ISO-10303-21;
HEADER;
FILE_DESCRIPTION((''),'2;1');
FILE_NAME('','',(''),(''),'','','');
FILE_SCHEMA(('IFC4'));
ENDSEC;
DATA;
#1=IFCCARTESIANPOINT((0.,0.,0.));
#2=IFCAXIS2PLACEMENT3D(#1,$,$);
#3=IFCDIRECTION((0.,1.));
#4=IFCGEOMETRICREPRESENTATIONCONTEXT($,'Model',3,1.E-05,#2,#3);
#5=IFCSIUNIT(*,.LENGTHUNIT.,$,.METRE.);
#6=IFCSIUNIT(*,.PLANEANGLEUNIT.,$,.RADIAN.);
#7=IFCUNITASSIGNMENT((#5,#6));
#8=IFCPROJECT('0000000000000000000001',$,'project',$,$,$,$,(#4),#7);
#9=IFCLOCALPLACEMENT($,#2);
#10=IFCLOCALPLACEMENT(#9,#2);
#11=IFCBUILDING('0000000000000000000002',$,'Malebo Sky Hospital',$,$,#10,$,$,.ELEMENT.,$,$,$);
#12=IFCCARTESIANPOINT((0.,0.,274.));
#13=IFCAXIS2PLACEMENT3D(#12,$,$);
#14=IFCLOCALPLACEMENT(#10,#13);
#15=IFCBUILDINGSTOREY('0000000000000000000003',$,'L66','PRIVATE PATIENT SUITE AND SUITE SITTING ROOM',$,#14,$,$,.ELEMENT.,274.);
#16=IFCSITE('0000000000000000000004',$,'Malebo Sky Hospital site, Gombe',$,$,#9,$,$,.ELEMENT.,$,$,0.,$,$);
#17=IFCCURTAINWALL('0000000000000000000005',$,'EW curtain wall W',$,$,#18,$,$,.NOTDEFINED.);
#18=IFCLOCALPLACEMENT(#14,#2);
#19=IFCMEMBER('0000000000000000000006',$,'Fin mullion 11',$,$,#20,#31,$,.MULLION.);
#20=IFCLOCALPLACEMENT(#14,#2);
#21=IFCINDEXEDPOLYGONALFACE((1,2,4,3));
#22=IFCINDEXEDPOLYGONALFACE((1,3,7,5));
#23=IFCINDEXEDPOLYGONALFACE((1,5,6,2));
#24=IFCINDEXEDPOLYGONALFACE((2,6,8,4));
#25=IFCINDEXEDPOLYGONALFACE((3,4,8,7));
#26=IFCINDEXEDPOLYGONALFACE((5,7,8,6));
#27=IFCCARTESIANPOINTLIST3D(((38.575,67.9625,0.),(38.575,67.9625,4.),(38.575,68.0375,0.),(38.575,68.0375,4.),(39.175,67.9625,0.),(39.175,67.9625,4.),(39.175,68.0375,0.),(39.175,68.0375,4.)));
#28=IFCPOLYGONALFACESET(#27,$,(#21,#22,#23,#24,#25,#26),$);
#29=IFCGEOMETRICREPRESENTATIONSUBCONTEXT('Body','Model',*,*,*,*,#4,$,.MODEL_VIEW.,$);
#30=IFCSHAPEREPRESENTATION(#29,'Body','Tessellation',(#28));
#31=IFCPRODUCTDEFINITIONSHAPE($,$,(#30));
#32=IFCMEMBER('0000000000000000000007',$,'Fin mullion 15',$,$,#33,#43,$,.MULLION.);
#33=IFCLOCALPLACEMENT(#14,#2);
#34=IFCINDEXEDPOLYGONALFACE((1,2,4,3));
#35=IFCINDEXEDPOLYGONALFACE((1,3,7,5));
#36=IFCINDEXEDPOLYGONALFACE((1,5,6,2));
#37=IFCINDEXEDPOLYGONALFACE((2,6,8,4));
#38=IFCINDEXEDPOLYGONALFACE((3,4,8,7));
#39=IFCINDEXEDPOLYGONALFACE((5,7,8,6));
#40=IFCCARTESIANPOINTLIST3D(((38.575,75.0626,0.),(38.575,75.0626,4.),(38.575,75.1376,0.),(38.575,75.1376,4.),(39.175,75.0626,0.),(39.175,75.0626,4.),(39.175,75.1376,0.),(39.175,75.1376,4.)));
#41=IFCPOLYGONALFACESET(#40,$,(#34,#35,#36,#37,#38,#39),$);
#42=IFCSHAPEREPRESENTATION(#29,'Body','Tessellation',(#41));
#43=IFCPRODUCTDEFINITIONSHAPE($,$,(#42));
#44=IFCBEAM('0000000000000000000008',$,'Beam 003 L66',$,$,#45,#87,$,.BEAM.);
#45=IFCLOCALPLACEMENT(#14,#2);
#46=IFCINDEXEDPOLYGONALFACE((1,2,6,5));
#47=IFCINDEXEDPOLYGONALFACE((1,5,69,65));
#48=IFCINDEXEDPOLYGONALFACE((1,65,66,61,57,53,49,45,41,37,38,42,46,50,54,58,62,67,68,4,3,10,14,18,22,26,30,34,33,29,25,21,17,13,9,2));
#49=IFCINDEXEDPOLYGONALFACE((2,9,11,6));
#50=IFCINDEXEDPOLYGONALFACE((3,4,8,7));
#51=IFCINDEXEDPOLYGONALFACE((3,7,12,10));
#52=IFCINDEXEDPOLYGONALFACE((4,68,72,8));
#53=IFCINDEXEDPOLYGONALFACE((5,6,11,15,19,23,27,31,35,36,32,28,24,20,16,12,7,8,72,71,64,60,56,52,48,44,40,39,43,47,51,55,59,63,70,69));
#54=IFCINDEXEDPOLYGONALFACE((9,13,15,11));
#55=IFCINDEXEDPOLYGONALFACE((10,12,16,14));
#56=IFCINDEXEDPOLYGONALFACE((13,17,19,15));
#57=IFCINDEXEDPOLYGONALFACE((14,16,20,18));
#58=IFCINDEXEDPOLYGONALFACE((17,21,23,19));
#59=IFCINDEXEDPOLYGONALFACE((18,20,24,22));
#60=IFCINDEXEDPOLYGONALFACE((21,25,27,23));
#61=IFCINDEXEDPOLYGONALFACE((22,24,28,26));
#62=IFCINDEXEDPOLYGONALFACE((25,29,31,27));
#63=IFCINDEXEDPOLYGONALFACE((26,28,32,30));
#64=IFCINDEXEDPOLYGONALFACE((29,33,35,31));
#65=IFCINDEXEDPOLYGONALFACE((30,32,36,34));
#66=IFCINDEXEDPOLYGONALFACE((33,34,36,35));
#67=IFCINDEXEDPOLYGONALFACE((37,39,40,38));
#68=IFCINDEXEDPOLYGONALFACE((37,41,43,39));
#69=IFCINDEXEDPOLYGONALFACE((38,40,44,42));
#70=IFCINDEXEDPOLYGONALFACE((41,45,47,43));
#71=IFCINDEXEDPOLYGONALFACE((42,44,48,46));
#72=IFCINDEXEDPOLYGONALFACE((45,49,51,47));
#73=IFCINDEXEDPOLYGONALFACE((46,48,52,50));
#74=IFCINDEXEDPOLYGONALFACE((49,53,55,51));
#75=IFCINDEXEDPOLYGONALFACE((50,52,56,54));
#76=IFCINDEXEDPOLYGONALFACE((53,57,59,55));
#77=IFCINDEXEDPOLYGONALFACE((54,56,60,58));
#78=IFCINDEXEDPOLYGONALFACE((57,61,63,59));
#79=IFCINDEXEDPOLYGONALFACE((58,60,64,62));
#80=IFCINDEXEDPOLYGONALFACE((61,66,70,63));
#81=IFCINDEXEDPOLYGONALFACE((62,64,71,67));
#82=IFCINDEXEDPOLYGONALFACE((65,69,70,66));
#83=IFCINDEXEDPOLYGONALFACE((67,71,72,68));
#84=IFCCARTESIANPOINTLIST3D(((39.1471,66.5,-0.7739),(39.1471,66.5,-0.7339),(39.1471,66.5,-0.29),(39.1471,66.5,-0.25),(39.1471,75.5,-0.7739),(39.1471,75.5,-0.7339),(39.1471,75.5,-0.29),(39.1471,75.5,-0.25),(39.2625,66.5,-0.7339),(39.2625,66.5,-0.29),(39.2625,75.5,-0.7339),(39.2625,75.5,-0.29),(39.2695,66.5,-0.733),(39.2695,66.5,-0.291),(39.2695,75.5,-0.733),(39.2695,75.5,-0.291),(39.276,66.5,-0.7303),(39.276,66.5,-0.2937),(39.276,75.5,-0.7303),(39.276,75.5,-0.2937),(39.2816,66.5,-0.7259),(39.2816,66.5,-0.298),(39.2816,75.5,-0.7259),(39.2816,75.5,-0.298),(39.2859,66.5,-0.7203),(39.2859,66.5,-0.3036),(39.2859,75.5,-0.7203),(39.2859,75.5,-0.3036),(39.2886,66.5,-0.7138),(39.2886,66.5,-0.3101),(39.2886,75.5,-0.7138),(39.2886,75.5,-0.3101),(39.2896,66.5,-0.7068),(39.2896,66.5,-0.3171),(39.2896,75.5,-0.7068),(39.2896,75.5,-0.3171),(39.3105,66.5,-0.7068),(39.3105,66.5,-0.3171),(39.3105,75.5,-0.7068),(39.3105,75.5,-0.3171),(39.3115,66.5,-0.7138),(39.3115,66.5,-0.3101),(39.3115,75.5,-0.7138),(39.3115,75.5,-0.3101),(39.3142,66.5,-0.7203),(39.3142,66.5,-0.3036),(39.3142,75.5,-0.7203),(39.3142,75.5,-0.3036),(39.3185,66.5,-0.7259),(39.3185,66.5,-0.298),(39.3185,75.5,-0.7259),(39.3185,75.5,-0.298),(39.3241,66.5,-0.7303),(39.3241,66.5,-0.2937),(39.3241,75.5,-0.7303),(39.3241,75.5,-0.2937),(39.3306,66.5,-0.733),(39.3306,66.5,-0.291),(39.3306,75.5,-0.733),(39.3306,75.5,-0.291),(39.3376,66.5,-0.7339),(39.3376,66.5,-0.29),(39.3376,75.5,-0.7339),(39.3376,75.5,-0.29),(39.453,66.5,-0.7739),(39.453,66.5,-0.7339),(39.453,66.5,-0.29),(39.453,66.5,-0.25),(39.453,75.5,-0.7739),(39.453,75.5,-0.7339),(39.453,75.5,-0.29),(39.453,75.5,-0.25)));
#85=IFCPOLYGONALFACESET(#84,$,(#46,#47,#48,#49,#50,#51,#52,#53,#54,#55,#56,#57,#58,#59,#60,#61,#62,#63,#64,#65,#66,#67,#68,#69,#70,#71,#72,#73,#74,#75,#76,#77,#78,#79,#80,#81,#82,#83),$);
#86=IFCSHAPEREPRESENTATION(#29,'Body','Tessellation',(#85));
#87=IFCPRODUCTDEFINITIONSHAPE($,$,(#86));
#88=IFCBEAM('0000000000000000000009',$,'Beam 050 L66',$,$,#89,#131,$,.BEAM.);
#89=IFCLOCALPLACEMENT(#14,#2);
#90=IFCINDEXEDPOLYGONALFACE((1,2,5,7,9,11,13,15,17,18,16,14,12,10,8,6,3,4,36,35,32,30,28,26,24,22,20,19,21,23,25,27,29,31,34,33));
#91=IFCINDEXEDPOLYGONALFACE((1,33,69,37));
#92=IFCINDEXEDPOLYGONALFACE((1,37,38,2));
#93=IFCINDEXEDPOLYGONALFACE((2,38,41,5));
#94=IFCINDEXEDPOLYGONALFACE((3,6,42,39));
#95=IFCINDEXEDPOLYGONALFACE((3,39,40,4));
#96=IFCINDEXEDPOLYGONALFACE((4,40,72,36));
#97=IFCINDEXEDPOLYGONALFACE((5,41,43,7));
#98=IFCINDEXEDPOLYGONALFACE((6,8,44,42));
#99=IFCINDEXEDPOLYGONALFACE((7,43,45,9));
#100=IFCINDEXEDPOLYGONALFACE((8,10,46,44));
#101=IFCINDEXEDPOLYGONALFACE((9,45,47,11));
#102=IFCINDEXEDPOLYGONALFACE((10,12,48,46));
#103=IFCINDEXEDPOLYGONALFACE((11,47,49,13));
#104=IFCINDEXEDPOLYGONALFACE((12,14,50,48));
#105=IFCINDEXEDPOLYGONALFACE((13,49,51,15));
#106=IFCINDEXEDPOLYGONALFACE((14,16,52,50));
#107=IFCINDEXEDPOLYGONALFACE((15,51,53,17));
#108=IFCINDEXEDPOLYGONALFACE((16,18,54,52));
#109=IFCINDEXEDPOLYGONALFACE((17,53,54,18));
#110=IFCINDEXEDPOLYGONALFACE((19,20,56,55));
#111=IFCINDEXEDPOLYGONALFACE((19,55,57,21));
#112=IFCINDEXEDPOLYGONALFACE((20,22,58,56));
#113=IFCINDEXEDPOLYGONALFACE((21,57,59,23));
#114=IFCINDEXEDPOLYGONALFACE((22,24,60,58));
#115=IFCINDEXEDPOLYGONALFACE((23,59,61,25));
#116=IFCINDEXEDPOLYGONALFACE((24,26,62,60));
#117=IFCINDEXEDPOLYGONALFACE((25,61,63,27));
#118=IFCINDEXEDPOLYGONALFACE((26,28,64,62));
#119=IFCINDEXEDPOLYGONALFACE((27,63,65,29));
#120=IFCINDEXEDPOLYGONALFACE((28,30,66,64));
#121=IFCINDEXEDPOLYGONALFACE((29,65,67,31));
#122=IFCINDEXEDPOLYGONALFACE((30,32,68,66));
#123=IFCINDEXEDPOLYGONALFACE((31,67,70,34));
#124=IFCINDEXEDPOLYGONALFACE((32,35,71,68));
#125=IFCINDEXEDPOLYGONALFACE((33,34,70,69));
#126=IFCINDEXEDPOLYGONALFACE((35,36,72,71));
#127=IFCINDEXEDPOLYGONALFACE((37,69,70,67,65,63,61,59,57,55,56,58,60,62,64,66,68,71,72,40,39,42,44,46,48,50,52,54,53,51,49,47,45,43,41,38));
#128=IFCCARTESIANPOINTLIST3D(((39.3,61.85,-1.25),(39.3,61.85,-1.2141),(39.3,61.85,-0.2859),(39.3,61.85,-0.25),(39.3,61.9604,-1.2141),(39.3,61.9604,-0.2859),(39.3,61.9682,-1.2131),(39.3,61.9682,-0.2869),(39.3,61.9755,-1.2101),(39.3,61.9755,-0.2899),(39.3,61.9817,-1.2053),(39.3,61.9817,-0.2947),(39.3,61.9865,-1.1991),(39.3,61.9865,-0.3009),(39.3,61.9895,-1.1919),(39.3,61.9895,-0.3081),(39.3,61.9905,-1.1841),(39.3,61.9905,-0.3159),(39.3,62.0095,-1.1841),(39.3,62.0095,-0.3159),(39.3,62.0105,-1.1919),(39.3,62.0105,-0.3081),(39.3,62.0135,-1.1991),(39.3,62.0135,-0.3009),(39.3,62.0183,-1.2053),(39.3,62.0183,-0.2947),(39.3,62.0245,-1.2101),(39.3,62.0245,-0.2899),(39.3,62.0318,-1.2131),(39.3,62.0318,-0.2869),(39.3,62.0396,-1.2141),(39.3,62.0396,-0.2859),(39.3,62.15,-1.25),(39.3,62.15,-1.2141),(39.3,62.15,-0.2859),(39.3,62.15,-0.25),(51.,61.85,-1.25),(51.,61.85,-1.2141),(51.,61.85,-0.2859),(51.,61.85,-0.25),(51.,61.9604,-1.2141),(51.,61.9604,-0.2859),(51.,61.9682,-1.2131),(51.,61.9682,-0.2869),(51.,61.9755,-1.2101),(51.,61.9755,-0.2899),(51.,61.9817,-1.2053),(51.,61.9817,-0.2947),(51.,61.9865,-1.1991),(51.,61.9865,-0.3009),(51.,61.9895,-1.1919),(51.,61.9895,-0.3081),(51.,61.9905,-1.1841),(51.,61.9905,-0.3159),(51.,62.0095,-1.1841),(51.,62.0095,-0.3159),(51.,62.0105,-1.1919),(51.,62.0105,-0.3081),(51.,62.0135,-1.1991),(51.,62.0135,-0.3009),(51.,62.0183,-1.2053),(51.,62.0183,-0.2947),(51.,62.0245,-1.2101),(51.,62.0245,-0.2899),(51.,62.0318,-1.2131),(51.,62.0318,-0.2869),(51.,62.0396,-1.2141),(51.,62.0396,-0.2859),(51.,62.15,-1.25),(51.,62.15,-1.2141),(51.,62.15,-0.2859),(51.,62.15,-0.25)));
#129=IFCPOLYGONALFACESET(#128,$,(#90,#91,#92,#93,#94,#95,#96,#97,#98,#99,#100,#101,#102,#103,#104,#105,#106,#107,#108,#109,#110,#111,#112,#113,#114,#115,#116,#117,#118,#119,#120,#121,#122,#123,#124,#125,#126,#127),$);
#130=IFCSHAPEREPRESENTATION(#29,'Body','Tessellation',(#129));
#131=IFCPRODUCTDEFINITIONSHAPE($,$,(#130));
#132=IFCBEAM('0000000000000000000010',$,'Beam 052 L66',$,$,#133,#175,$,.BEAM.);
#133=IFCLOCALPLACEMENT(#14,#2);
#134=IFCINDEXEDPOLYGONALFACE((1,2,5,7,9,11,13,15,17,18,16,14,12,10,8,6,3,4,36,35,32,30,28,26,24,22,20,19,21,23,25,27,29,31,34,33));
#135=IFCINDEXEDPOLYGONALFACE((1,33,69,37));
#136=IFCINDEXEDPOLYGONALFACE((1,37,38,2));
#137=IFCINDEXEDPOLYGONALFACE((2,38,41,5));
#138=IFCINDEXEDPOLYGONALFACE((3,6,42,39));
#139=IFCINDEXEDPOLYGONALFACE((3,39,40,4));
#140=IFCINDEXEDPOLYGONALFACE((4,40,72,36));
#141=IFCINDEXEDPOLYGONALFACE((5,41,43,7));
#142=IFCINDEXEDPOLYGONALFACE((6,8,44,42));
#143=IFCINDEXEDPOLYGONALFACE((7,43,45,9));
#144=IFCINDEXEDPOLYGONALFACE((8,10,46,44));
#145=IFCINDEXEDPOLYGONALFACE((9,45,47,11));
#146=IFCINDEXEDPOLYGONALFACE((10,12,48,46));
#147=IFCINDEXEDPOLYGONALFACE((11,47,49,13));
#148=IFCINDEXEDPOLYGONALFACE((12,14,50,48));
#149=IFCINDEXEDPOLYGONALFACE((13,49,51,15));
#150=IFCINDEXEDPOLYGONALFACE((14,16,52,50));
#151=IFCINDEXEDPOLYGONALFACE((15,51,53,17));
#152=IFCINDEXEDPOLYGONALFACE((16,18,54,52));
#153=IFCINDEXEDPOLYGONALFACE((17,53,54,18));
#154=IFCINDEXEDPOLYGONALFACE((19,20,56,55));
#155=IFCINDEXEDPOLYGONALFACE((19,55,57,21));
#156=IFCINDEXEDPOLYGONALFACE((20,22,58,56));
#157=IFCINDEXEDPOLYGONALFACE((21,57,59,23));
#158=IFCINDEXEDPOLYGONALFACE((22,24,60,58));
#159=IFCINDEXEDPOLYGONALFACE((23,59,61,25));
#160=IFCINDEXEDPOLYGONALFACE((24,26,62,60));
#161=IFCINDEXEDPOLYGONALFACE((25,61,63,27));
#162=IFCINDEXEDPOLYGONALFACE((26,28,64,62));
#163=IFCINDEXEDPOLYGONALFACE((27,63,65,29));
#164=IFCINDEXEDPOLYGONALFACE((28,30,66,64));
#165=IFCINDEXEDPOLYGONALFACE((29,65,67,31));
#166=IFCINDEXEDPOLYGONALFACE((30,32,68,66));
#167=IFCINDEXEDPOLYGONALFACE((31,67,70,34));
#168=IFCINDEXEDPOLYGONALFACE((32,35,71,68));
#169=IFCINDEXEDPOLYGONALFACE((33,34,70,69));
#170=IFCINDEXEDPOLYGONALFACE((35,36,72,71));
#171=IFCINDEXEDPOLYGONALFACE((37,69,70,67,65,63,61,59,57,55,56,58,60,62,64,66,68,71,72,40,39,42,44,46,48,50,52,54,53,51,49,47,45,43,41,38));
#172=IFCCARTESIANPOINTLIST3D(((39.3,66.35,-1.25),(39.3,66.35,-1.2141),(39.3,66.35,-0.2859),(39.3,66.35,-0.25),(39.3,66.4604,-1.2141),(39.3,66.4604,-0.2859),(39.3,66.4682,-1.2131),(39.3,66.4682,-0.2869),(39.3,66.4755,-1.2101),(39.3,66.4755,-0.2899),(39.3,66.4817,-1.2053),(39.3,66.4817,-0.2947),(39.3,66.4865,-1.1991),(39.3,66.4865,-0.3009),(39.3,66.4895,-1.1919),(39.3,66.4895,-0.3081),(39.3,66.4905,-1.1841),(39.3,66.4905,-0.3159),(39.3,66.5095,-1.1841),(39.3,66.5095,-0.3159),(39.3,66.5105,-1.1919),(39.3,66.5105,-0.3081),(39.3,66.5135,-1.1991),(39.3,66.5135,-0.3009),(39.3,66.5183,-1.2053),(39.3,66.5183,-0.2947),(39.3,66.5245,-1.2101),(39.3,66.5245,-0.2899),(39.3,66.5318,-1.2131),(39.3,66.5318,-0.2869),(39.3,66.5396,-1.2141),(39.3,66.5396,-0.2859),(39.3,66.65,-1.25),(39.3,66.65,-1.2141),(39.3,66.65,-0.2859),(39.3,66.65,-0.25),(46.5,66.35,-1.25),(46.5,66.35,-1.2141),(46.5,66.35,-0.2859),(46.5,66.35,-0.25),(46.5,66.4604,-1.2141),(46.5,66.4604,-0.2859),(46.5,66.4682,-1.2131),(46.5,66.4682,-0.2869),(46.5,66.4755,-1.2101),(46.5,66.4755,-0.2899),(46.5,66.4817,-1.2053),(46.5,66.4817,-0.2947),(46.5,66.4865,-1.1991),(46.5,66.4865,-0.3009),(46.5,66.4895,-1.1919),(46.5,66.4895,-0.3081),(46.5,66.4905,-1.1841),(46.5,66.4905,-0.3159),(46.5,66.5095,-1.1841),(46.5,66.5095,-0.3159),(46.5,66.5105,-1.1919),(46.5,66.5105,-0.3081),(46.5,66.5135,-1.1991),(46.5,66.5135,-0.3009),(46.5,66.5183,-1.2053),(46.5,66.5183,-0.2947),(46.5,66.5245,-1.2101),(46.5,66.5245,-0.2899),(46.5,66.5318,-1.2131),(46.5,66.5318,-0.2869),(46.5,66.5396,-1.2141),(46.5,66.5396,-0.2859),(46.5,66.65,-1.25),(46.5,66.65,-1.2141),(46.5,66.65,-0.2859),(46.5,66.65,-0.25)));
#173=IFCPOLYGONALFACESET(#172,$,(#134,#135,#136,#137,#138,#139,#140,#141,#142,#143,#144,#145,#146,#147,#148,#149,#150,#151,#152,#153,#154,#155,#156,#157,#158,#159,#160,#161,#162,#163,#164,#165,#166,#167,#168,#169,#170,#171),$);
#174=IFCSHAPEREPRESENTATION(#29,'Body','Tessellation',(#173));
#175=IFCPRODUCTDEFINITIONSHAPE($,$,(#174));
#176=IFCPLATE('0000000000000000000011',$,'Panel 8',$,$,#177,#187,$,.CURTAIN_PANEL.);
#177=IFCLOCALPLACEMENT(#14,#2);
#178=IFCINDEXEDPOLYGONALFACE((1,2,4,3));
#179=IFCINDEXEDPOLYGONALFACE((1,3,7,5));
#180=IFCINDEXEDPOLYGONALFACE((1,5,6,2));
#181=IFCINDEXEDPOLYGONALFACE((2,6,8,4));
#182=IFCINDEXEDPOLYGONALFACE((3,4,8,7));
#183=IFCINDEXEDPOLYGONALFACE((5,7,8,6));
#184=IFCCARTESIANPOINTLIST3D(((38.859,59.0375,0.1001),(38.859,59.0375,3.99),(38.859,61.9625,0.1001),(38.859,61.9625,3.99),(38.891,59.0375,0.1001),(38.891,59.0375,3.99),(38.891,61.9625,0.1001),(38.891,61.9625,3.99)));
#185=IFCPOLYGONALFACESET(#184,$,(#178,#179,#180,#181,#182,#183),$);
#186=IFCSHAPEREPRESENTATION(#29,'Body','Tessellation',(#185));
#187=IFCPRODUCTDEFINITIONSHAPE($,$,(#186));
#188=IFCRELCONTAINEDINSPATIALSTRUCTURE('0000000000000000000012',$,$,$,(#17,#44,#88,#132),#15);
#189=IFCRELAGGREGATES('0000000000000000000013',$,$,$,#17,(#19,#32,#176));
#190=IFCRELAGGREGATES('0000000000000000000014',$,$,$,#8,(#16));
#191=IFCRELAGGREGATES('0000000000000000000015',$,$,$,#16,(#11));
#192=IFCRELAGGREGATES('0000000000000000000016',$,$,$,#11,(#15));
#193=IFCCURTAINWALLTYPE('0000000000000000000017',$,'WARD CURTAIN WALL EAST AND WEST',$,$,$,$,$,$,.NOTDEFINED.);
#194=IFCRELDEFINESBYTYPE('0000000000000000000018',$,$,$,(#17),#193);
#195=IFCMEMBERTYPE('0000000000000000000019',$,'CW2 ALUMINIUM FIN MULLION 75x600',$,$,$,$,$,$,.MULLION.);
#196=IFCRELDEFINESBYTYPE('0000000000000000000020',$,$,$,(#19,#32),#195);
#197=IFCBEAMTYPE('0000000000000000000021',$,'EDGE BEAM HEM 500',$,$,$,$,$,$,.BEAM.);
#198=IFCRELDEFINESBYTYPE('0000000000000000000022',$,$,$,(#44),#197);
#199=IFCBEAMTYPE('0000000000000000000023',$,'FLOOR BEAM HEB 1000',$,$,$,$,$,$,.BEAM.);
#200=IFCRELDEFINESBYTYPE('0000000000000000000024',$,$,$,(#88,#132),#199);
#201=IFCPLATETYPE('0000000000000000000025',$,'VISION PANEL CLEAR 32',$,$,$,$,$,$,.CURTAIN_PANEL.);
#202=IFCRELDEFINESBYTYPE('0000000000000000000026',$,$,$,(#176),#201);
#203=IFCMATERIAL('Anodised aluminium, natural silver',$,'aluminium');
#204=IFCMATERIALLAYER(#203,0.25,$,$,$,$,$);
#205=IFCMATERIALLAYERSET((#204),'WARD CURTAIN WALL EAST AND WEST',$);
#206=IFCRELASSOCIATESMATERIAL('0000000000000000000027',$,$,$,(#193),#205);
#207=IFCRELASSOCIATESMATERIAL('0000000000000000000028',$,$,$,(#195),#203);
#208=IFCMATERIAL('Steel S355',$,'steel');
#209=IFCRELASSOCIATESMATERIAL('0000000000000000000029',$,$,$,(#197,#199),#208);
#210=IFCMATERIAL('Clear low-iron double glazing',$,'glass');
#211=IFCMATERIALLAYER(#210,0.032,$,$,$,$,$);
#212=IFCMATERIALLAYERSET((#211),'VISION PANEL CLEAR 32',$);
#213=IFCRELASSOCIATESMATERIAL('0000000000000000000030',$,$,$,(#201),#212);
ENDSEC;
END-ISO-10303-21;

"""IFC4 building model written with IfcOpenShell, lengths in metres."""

from ifc_helpers import new_model, si_unit, direction, frame, origin, origin_2d, place, context, subcontext, project, spatial, rectangle, i_section, extrude, material, layer, layer_set, material_profile, profile_set, type_object, element, aggregate, save


model = new_model("IFC4")

# Units and contexts
model_context = context("Model", 3, precision=1e-05, world=origin(), true_north=direction((0.0, 1.0)))
body_context = subcontext(model_context, "Body", "Model", "MODEL_VIEW")
ifc_project = project(units=[si_unit("LENGTHUNIT", "METRE"), si_unit("PLANEANGLEUNIT", "RADIAN")], contexts=[model_context])

# Site, building, storey
site_placement = place(None, origin())
site = spatial("IfcSite", under=ifc_project, at=site_placement, Name="Malebo Sky Hospital site, Gombe", CompositionType="ELEMENT", RefElevation=0.0)
building_placement = place(site_placement, origin())
building = spatial("IfcBuilding", under=site, at=building_placement, Name="Malebo Sky Hospital", CompositionType="ELEMENT")
storey_placement = place(building_placement, frame((0.0, 0.0, 274.0)))
storey = spatial("IfcBuildingStorey", under=building, at=storey_placement, Name="L66", Description="PRIVATE PATIENT SUITE AND SUITE SITTING ROOM", CompositionType="ELEMENT", Elevation=274.0)

# Curtain wall
ifc_material_1 = material(Name="Anodised aluminium, natural silver", Category="aluminium")
ifc_layer_1 = layer(ifc_material_1, 0.25)
ifc_layer_set_1 = layer_set([ifc_layer_1], Name="WARD CURTAIN WALL EAST AND WEST")
curtain_wall_type = type_object("IfcCurtainWallType", Name="WARD CURTAIN WALL EAST AND WEST", PredefinedType="NOTDEFINED", material=ifc_layer_set_1)
curtain_wall_placement = place(storey_placement, origin())
curtain_wall = element("IfcCurtainWall", 1, at=curtain_wall_placement, inside=storey, type_object=curtain_wall_type, Name="EW curtain wall W", PredefinedType="NOTDEFINED")

# Members
ifc_material_2 = material(Name="Steel S355", Category="steel")
ifc_material_profile_1 = material_profile(ifc_material_1, rectangle(XDim=0.075, YDim=0.6001, at=origin_2d()), Name="CW2 ALUMINIUM FIN MULLION 75x600")
ifc_profile_set_1 = profile_set([ifc_material_profile_1], Name="Anodised aluminium, natural silver")
member_type_1 = type_object("IfcMemberType", Name="CW2 ALUMINIUM FIN MULLION 75x600", PredefinedType="MULLION", material=ifc_profile_set_1)
member_1_placement = place(storey_placement, frame((38.875, 68.0, 0.0), z_axis=(0.0, 0.0, 1.0), x_axis=(0.0, 1.0, 0.0)))
member_1 = element("IfcMember", 2, at=member_1_placement, type_object=member_type_1, Name="Fin mullion 11", PredefinedType="MULLION", context=body_context, shape_type="SweptSolid", body=[
    extrude(rectangle(XDim=0.075, YDim=0.6001, at=origin_2d()), origin(), (0.0, 0.0, 1.0), 4.0),
])
member_2_placement = place(storey_placement, frame((38.875, 75.1001, 0.0), z_axis=(0.0, 0.0, 1.0), x_axis=(0.0, 1.0, 0.0)))
member_2 = element("IfcMember", 3, at=member_2_placement, type_object=member_type_1, Name="Fin mullion 15", PredefinedType="MULLION", context=body_context, shape_type="SweptSolid", body=[
    extrude(rectangle(XDim=0.075, YDim=0.6001, at=origin_2d()), origin(), (0.0, 0.0, 1.0), 4.0),
])

# Beams
ifc_material_profile_2 = material_profile(ifc_material_2, i_section(OverallWidth=0.3059, OverallDepth=0.5239, WebThickness=0.021, FlangeThickness=0.04, FilletRadius=0.0271, at=origin_2d()), Name="HEM 500")
ifc_profile_set_2 = profile_set([ifc_material_profile_2], Name="Steel S355")
beam_type_1 = type_object("IfcBeamType", Name="EDGE BEAM HEM 500", PredefinedType="BEAM", material=ifc_profile_set_2)
beam_1_placement = place(storey_placement, frame((39.3, 66.5, -0.512), z_axis=(0.0, 1.0, 0.0), x_axis=(-1.0, 0.0, 0.0)))
element("IfcBeam", 4, at=beam_1_placement, inside=storey, type_object=beam_type_1, Name="Beam 003 L66", PredefinedType="BEAM", context=body_context, shape_type="SweptSolid", body=[
    extrude(i_section(OverallWidth=0.3059, OverallDepth=0.5239, WebThickness=0.021, FlangeThickness=0.04, FilletRadius=0.0271, at=origin_2d()), origin(), (0.0, 0.0, 1.0), 9.0),
])
ifc_material_profile_3 = material_profile(ifc_material_2, i_section(OverallWidth=0.3, OverallDepth=1.0, WebThickness=0.019, FlangeThickness=0.0359, FilletRadius=0.03, at=origin_2d()), Name="HEB 1000")
ifc_profile_set_3 = profile_set([ifc_material_profile_3], Name="Steel S355")
beam_type_2 = type_object("IfcBeamType", Name="FLOOR BEAM HEB 1000", PredefinedType="BEAM", material=ifc_profile_set_3)
beam_2_placement = place(storey_placement, frame((39.3, 62.0, -0.75), z_axis=(1.0, 0.0, 0.0), x_axis=(0.0, 1.0, 0.0)))
element("IfcBeam", 5, at=beam_2_placement, inside=storey, type_object=beam_type_2, Name="Beam 050 L66", PredefinedType="BEAM", context=body_context, shape_type="SweptSolid", body=[
    extrude(i_section(OverallWidth=0.3, OverallDepth=1.0, WebThickness=0.019, FlangeThickness=0.0359, FilletRadius=0.03, at=origin_2d()), origin(), (0.0, 0.0, 1.0), 11.7),
])
beam_3_placement = place(storey_placement, frame((39.3, 66.5, -0.75), z_axis=(1.0, 0.0, 0.0), x_axis=(0.0, 1.0, 0.0)))
element("IfcBeam", 6, at=beam_3_placement, inside=storey, type_object=beam_type_2, Name="Beam 052 L66", PredefinedType="BEAM", context=body_context, shape_type="SweptSolid", body=[
    extrude(i_section(OverallWidth=0.3, OverallDepth=1.0, WebThickness=0.019, FlangeThickness=0.0359, FilletRadius=0.03, at=origin_2d()), origin(), (0.0, 0.0, 1.0), 7.2),
])

# Plate
ifc_material_3 = material(Name="Clear low-iron double glazing", Category="glass")
ifc_layer_2 = layer(ifc_material_3, 0.032)
ifc_layer_set_2 = layer_set([ifc_layer_2], Name="VISION PANEL CLEAR 32")
plate_type = type_object("IfcPlateType", Name="VISION PANEL CLEAR 32", PredefinedType="CURTAIN_PANEL", material=ifc_layer_set_2)
plate_1_placement = place(storey_placement, frame((38.875, 60.5, 0.1001), z_axis=(0.0, 0.0, 1.0), x_axis=(0.0, 1.0, 0.0)))
plate_1 = element("IfcPlate", 7, at=plate_1_placement, type_object=plate_type, Name="Panel 8", PredefinedType="CURTAIN_PANEL", context=body_context, shape_type="SweptSolid", body=[
    extrude(rectangle(XDim=2.925, YDim=0.032, at=origin_2d()), origin(), (0.0, 0.0, 1.0), 3.8899),
])
aggregate(curtain_wall, [member_1, member_2, plate_1])

save(model, "model.ifc")
